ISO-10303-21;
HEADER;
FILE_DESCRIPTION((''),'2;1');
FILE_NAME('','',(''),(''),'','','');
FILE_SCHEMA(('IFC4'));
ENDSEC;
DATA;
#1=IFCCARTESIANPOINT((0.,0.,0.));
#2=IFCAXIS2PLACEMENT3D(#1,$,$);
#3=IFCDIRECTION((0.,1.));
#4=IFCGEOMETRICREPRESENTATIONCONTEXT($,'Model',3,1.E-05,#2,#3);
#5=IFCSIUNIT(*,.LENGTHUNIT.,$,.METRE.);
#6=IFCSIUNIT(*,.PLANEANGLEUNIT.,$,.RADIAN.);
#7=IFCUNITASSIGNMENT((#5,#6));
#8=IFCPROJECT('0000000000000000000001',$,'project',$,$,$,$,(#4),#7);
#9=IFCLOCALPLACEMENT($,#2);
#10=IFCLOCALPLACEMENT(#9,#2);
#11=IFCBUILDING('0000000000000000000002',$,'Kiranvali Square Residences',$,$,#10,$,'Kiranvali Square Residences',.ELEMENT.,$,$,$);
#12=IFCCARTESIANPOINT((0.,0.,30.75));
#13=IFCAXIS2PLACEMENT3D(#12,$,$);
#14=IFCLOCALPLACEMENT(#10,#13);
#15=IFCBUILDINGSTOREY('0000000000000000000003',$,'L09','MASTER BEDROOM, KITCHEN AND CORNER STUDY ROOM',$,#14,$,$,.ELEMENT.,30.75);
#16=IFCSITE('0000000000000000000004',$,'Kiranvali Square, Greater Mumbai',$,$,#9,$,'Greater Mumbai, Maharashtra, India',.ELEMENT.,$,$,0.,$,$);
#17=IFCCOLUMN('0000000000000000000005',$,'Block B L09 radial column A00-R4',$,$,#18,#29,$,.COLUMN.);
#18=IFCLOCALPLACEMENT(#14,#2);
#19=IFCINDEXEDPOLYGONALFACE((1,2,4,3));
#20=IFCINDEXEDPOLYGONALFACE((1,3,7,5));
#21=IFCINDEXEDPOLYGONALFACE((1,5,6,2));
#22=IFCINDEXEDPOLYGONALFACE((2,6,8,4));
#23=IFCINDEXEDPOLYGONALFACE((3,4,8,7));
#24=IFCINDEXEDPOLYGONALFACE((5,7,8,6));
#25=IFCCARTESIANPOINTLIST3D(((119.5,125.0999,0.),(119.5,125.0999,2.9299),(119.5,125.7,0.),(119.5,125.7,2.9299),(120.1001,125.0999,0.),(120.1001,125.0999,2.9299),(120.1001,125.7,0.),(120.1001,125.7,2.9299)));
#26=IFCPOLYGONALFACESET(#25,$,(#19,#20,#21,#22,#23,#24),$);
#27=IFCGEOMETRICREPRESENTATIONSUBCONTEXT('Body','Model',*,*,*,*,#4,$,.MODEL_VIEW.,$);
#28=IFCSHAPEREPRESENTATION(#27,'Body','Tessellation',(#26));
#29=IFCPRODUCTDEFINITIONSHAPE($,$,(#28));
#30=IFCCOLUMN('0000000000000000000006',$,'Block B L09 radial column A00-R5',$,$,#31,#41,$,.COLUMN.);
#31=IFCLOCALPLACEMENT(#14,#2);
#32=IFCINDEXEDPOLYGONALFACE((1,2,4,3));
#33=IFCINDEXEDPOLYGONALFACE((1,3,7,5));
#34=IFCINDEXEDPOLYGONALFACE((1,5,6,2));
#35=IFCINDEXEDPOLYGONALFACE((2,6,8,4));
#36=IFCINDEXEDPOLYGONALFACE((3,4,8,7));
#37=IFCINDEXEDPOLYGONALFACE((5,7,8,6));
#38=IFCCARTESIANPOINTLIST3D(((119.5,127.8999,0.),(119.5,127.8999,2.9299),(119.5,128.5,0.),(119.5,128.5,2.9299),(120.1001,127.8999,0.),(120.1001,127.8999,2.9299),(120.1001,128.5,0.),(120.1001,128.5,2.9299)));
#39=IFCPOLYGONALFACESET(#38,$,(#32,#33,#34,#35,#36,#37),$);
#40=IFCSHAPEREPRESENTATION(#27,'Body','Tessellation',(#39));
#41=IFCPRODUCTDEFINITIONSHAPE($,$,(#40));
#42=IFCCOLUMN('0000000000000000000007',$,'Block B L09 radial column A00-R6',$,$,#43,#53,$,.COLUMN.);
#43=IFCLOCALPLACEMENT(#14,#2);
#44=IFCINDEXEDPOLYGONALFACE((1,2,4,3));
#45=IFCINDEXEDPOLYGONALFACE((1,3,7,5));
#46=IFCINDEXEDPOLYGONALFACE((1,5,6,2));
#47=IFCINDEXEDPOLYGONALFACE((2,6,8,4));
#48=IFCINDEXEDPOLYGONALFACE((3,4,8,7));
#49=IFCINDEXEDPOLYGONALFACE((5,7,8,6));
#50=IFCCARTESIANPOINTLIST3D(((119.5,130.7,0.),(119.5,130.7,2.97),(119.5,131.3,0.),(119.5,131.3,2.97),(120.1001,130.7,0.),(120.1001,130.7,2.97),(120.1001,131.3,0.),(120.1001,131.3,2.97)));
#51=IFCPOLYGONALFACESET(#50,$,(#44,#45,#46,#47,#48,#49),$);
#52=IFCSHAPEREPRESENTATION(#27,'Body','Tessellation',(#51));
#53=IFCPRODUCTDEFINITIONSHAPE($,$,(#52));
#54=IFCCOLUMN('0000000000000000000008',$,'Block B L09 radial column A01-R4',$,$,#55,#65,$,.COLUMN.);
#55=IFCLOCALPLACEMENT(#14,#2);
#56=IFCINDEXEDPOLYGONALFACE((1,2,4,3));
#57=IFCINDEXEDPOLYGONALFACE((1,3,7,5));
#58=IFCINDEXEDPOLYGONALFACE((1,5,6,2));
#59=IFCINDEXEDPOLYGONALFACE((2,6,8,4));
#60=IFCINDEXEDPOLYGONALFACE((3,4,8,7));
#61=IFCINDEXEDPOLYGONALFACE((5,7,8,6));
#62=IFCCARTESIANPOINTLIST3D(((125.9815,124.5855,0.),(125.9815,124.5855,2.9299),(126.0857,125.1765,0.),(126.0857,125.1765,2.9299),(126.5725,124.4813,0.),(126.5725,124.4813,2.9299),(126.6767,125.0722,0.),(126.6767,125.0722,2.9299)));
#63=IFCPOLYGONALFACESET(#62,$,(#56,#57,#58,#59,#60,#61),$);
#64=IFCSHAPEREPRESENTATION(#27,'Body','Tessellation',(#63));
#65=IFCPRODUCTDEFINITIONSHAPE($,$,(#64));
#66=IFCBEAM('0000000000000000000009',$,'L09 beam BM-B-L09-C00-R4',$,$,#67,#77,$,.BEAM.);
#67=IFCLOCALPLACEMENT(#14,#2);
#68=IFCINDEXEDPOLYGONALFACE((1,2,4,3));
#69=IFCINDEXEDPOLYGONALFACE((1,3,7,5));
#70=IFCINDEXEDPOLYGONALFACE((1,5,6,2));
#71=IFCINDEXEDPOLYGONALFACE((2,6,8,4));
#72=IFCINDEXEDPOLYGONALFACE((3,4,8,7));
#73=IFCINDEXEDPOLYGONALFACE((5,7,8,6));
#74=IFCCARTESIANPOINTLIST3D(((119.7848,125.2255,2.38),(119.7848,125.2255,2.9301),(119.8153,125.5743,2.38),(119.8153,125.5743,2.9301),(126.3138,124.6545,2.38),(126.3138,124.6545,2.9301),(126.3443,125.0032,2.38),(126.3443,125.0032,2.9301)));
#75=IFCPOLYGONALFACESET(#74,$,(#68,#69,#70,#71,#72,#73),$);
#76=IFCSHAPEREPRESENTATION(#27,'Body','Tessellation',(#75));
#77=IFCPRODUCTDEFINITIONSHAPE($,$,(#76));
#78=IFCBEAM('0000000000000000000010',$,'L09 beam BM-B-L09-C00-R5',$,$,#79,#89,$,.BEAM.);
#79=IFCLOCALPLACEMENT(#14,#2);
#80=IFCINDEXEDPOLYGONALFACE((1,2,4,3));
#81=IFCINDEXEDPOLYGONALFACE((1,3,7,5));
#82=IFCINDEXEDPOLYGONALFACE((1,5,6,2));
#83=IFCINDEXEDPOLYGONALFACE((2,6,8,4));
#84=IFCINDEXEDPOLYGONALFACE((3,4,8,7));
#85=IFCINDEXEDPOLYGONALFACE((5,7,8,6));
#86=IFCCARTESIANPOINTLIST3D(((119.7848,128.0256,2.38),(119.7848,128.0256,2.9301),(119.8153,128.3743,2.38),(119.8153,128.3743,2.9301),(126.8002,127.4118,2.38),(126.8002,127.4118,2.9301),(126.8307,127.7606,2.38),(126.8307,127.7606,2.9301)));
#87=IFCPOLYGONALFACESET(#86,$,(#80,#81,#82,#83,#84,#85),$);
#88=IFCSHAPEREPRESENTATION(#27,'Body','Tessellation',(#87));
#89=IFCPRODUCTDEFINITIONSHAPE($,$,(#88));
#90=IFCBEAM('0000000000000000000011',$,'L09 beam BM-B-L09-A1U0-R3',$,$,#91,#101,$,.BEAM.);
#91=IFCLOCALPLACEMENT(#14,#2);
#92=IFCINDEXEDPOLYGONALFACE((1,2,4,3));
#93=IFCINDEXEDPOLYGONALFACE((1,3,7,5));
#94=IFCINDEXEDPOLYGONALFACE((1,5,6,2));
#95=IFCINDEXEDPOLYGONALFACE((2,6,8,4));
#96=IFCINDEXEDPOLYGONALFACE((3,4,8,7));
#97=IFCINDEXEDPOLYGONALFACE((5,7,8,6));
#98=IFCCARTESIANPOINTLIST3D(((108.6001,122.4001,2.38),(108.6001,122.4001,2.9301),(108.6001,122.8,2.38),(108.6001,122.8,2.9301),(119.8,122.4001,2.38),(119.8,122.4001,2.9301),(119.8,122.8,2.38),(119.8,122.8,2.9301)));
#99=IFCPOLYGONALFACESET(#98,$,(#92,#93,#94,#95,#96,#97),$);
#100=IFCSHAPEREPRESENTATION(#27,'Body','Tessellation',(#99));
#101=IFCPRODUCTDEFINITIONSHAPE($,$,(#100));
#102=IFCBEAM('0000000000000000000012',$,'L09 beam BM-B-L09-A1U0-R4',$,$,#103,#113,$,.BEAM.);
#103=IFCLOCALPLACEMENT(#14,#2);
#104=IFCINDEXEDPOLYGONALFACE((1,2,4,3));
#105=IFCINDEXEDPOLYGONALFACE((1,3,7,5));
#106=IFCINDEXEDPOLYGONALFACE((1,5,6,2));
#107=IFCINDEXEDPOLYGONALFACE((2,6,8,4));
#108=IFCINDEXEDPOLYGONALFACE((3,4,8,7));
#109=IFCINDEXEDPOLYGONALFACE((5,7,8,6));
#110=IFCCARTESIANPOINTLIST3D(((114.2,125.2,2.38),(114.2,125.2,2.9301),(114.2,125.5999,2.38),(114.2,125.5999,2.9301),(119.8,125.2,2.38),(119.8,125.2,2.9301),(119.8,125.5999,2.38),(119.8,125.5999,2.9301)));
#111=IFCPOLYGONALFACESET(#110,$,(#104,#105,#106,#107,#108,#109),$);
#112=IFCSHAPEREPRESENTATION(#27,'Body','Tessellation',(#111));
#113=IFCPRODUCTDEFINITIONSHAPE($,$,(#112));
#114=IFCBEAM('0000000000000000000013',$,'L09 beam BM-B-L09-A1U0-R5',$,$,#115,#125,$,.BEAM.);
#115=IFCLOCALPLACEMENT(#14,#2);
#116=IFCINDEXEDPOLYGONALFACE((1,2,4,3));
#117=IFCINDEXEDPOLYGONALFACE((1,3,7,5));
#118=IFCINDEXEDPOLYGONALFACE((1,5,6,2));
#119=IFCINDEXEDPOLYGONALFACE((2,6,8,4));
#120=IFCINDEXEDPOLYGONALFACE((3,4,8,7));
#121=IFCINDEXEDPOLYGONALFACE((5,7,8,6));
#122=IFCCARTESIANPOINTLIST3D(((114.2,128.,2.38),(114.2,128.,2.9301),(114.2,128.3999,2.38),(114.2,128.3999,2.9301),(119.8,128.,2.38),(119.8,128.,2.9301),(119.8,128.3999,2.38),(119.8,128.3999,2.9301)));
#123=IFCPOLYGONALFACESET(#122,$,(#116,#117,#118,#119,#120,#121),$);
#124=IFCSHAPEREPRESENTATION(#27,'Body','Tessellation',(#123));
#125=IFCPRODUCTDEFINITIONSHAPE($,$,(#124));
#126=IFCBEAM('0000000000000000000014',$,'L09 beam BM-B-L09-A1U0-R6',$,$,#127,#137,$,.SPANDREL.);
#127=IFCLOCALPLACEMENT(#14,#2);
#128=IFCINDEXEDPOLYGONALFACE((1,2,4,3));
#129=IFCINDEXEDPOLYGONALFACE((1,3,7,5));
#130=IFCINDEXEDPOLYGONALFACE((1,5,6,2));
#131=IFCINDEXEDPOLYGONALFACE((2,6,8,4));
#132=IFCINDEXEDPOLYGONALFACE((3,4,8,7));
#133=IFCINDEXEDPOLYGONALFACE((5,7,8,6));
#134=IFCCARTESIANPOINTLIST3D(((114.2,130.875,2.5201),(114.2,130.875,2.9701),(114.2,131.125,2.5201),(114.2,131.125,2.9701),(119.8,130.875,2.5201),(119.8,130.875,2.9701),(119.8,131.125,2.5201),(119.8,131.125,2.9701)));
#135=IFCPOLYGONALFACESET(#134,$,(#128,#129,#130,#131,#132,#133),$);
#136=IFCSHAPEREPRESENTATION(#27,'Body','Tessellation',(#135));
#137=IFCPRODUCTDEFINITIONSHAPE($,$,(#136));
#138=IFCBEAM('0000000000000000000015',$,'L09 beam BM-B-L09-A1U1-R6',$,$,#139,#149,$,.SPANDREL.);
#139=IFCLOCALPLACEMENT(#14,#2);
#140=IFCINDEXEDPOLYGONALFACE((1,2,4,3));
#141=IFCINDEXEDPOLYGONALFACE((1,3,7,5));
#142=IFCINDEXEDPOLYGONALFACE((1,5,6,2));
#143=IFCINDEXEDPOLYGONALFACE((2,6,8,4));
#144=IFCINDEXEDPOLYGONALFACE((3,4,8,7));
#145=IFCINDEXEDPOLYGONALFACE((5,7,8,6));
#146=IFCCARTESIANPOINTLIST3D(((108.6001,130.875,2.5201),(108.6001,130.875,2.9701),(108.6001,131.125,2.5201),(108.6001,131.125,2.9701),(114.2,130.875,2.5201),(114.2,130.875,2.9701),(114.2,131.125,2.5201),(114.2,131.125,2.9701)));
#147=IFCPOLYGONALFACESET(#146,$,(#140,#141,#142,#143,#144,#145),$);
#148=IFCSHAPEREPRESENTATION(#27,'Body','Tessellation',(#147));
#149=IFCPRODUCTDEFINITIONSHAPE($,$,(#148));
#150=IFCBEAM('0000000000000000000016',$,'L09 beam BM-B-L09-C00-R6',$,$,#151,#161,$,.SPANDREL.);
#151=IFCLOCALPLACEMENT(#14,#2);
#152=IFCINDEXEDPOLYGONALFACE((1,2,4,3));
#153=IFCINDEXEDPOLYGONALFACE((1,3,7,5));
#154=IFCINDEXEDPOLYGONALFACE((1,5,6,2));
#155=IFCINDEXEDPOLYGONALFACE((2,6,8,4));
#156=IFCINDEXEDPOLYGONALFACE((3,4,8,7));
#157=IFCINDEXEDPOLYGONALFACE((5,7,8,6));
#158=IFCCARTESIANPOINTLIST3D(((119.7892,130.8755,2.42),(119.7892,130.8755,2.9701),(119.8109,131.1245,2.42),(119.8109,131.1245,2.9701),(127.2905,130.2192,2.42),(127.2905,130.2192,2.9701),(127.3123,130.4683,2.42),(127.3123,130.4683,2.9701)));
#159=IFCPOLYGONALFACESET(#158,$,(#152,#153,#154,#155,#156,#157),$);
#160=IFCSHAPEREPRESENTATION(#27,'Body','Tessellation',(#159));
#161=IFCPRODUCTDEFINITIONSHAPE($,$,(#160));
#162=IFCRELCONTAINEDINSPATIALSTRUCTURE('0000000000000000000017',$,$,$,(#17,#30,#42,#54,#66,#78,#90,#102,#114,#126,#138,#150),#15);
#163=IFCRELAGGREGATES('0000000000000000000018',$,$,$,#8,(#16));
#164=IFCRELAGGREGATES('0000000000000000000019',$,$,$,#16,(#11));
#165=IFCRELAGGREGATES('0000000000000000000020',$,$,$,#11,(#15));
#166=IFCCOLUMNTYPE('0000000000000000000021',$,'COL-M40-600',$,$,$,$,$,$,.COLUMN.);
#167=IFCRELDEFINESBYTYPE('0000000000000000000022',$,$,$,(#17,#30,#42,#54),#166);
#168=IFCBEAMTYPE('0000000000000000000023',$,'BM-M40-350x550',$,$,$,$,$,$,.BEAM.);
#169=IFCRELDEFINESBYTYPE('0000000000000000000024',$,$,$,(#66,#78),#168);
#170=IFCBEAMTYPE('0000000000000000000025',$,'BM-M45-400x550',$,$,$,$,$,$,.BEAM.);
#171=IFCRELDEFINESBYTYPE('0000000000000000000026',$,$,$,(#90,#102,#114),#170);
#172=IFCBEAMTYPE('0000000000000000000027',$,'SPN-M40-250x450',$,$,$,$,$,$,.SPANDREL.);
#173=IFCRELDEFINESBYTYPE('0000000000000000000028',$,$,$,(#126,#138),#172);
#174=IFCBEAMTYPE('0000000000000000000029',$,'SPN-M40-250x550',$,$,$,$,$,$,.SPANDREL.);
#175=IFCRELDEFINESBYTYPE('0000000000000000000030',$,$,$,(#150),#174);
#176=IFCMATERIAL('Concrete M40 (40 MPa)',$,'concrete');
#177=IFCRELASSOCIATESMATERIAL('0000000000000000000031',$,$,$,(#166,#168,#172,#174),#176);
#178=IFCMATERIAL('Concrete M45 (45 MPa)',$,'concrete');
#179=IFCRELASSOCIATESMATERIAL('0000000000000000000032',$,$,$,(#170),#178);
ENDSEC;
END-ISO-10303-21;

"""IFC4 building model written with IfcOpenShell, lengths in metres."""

from ifc_helpers import new_model, si_unit, direction, frame, origin, origin_2d, place, context, subcontext, project, spatial, rectangle, extrude, material, material_profile, profile_set, type_object, element, save


model = new_model("IFC4")

# Units and contexts
model_context = context("Model", 3, precision=1e-05, world=origin(), true_north=direction((0.0, 1.0)))
body_context = subcontext(model_context, "Body", "Model", "MODEL_VIEW")
ifc_project = project(units=[si_unit("LENGTHUNIT", "METRE"), si_unit("PLANEANGLEUNIT", "RADIAN")], contexts=[model_context])

# Site, building, storey
site_placement = place(None, origin())
site = spatial("IfcSite", under=ifc_project, at=site_placement, Name="Kiranvali Square, Greater Mumbai", LongName="Greater Mumbai, Maharashtra, India", CompositionType="ELEMENT", RefElevation=0.0)
building_placement = place(site_placement, origin())
building = spatial("IfcBuilding", under=site, at=building_placement, Name="Kiranvali Square Residences", LongName="Kiranvali Square Residences", CompositionType="ELEMENT")
storey_placement = place(building_placement, frame((0.0, 0.0, 30.75)))
storey = spatial("IfcBuildingStorey", under=building, at=storey_placement, Name="L09", Description="MASTER BEDROOM, KITCHEN AND CORNER STUDY ROOM", CompositionType="ELEMENT", Elevation=30.75)

# Columns
ifc_material_1 = material(Name="Concrete M40 (40 MPa)", Category="concrete")
ifc_material_profile_1 = material_profile(ifc_material_1, rectangle(XDim=0.6001, YDim=0.6001, at=origin_2d()), Name="RC 600x600")
ifc_profile_set_1 = profile_set([ifc_material_profile_1], Name="Concrete M40 (40 MPa)")
column_type = type_object("IfcColumnType", Name="COL-M40-600", PredefinedType="COLUMN", material=ifc_profile_set_1)
for number, where, z_axis, x_axis, name in (
    (1, (119.8, 125.3999, 0.0), (0.0, 0.0, 1.0), (1.0, 0.0, 0.0), "Block B L09 radial column A00-R4"),
    (2, (119.8, 128.2, 0.0), (0.0, 0.0, 1.0), (1.0, 0.0, 0.0), "Block B L09 radial column A00-R5"),
):
    element("IfcColumn", number, at=place(storey_placement, frame(where, z_axis=z_axis, x_axis=x_axis)), inside=storey, type_object=column_type, Name=name, PredefinedType="COLUMN", context=body_context, shape_type="SweptSolid", body=[
        extrude(rectangle(XDim=0.6001, YDim=0.6001, at=origin_2d()), origin(), (0.0, 0.0, 1.0), 2.9299),
    ])
column_1_placement = place(storey_placement, frame((119.8, 131.0, 0.0), z_axis=(0.0, 0.0, 1.0), x_axis=(1.0, 0.0, 0.0)))
element("IfcColumn", 3, at=column_1_placement, inside=storey, type_object=column_type, Name="Block B L09 radial column A00-R6", PredefinedType="COLUMN", context=body_context, shape_type="SweptSolid", body=[
    extrude(rectangle(XDim=0.6001, YDim=0.6001, at=origin_2d()), origin(), (0.0, 0.0, 1.0), 2.97),
])
column_2_placement = place(storey_placement, frame((126.3291, 124.8289, 0.0), z_axis=(0.0, 0.0, 1.0), x_axis=(-0.984808, 0.173648, 0.0)))
element("IfcColumn", 4, at=column_2_placement, inside=storey, type_object=column_type, Name="Block B L09 radial column A01-R4", PredefinedType="COLUMN", context=body_context, shape_type="SweptSolid", body=[
    extrude(rectangle(XDim=0.6001, YDim=0.6001, at=origin_2d()), origin(), (0.0, 0.0, 1.0), 2.9299),
])

# Beams
ifc_material_profile_2 = material_profile(ifc_material_1, rectangle(XDim=0.3501, YDim=0.55, at=origin_2d()), Name="RC 350x550")
ifc_profile_set_2 = profile_set([ifc_material_profile_2], Name="Concrete M40 (40 MPa)")
beam_type_1 = type_object("IfcBeamType", Name="BM-M40-350x550", PredefinedType="BEAM", material=ifc_profile_set_2)
beam_1_placement = place(storey_placement, frame((119.8, 125.3999, 2.655), z_axis=(0.996197, -0.08713, 0.0), x_axis=(0.08713, 0.996197, 0.0)))
element("IfcBeam", 5, at=beam_1_placement, inside=storey, type_object=beam_type_1, Name="L09 beam BM-B-L09-C00-R4", PredefinedType="BEAM", context=body_context, shape_type="SweptSolid", body=[
    extrude(rectangle(XDim=0.3501, YDim=0.55, at=origin_2d()), origin(), (0.0, 0.0, 1.0), 6.554),
])
beam_2_placement = place(storey_placement, frame((119.8, 128.2, 2.655), z_axis=(0.996195, -0.087156, 0.0), x_axis=(0.087156, 0.996195, 0.0)))
element("IfcBeam", 6, at=beam_2_placement, inside=storey, type_object=beam_type_1, Name="L09 beam BM-B-L09-C00-R5", PredefinedType="BEAM", context=body_context, shape_type="SweptSolid", body=[
    extrude(rectangle(XDim=0.3501, YDim=0.55, at=origin_2d()), origin(), (0.0, 0.0, 1.0), 7.0422),
])
ifc_material_2 = material(Name="Concrete M45 (45 MPa)", Category="concrete")
ifc_material_profile_3 = material_profile(ifc_material_2, rectangle(XDim=0.3999, YDim=0.55, at=origin_2d()), Name="RC 400x550")
ifc_profile_set_3 = profile_set([ifc_material_profile_3], Name="Concrete M45 (45 MPa)")
beam_type_2 = type_object("IfcBeamType", Name="BM-M45-400x550", PredefinedType="BEAM", material=ifc_profile_set_3)
beam_3_placement = place(storey_placement, frame((119.8, 122.6001, 2.655), z_axis=(-1.0, 0.0, 0.0), x_axis=(0.0, -1.0, 0.0)))
element("IfcBeam", 7, at=beam_3_placement, inside=storey, type_object=beam_type_2, Name="L09 beam BM-B-L09-A1U0-R3", PredefinedType="BEAM", context=body_context, shape_type="SweptSolid", body=[
    extrude(rectangle(XDim=0.3999, YDim=0.55, at=origin_2d()), origin(), (0.0, 0.0, 1.0), 11.2),
])
for number, where, z_axis, x_axis, name in (
    (8, (119.8, 125.3999, 2.655), (-1.0, 0.0, 0.0), (0.0, -1.0, 0.0), "L09 beam BM-B-L09-A1U0-R4"),
    (9, (119.8, 128.2, 2.655), (-1.0, 0.0, 0.0), (0.0, -1.0, 0.0), "L09 beam BM-B-L09-A1U0-R5"),
):
    element("IfcBeam", number, at=place(storey_placement, frame(where, z_axis=z_axis, x_axis=x_axis)), inside=storey, type_object=beam_type_2, Name=name, PredefinedType="BEAM", context=body_context, shape_type="SweptSolid", body=[
        extrude(rectangle(XDim=0.3999, YDim=0.55, at=origin_2d()), origin(), (0.0, 0.0, 1.0), 5.6001),
    ])
ifc_material_profile_4 = material_profile(ifc_material_1, rectangle(XDim=0.25, YDim=0.45, at=origin_2d()), Name="RC 250x450")
ifc_profile_set_4 = profile_set([ifc_material_profile_4], Name="Concrete M40 (40 MPa)")
beam_type_3 = type_object("IfcBeamType", Name="SPN-M40-250x450", PredefinedType="SPANDREL", material=ifc_profile_set_4)
beam_4_placement = place(storey_placement, frame((119.8, 131.0, 2.7451), z_axis=(-1.0, 0.0, 0.0), x_axis=(0.0, -1.0, 0.0)))
element("IfcBeam", 10, at=beam_4_placement, inside=storey, type_object=beam_type_3, Name="L09 beam BM-B-L09-A1U0-R6", PredefinedType="SPANDREL", context=body_context, shape_type="SweptSolid", body=[
    extrude(rectangle(XDim=0.25, YDim=0.45, at=origin_2d()), origin(), (0.0, 0.0, 1.0), 5.6001),
])
beam_5_placement = place(storey_placement, frame((114.2, 131.0, 2.7451), z_axis=(-1.0, 0.0, 0.0), x_axis=(0.0, -1.0, 0.0)))
element("IfcBeam", 11, at=beam_5_placement, inside=storey, type_object=beam_type_3, Name="L09 beam BM-B-L09-A1U1-R6", PredefinedType="SPANDREL", context=body_context, shape_type="SweptSolid", body=[
    extrude(rectangle(XDim=0.25, YDim=0.45, at=origin_2d()), origin(), (0.0, 0.0, 1.0), 5.5999),
])
ifc_material_profile_5 = material_profile(ifc_material_1, rectangle(XDim=0.25, YDim=0.55, at=origin_2d()), Name="RC 250x550")
ifc_profile_set_5 = profile_set([ifc_material_profile_5], Name="Concrete M40 (40 MPa)")
beam_type_4 = type_object("IfcBeamType", Name="SPN-M40-250x550", PredefinedType="SPANDREL", material=ifc_profile_set_5)
beam_6_placement = place(storey_placement, frame((119.8, 131.0, 2.6951), z_axis=(0.996195, -0.08715, 0.0), x_axis=(0.08715, 0.996195, 0.0)))
element("IfcBeam", 12, at=beam_6_placement, inside=storey, type_object=beam_type_4, Name="L09 beam BM-B-L09-C00-R6", PredefinedType="SPANDREL", context=body_context, shape_type="SweptSolid", body=[
    extrude(rectangle(XDim=0.25, YDim=0.55, at=origin_2d()), origin(), (0.0, 0.0, 1.0), 7.53),
])

save(model, "model.ifc")
